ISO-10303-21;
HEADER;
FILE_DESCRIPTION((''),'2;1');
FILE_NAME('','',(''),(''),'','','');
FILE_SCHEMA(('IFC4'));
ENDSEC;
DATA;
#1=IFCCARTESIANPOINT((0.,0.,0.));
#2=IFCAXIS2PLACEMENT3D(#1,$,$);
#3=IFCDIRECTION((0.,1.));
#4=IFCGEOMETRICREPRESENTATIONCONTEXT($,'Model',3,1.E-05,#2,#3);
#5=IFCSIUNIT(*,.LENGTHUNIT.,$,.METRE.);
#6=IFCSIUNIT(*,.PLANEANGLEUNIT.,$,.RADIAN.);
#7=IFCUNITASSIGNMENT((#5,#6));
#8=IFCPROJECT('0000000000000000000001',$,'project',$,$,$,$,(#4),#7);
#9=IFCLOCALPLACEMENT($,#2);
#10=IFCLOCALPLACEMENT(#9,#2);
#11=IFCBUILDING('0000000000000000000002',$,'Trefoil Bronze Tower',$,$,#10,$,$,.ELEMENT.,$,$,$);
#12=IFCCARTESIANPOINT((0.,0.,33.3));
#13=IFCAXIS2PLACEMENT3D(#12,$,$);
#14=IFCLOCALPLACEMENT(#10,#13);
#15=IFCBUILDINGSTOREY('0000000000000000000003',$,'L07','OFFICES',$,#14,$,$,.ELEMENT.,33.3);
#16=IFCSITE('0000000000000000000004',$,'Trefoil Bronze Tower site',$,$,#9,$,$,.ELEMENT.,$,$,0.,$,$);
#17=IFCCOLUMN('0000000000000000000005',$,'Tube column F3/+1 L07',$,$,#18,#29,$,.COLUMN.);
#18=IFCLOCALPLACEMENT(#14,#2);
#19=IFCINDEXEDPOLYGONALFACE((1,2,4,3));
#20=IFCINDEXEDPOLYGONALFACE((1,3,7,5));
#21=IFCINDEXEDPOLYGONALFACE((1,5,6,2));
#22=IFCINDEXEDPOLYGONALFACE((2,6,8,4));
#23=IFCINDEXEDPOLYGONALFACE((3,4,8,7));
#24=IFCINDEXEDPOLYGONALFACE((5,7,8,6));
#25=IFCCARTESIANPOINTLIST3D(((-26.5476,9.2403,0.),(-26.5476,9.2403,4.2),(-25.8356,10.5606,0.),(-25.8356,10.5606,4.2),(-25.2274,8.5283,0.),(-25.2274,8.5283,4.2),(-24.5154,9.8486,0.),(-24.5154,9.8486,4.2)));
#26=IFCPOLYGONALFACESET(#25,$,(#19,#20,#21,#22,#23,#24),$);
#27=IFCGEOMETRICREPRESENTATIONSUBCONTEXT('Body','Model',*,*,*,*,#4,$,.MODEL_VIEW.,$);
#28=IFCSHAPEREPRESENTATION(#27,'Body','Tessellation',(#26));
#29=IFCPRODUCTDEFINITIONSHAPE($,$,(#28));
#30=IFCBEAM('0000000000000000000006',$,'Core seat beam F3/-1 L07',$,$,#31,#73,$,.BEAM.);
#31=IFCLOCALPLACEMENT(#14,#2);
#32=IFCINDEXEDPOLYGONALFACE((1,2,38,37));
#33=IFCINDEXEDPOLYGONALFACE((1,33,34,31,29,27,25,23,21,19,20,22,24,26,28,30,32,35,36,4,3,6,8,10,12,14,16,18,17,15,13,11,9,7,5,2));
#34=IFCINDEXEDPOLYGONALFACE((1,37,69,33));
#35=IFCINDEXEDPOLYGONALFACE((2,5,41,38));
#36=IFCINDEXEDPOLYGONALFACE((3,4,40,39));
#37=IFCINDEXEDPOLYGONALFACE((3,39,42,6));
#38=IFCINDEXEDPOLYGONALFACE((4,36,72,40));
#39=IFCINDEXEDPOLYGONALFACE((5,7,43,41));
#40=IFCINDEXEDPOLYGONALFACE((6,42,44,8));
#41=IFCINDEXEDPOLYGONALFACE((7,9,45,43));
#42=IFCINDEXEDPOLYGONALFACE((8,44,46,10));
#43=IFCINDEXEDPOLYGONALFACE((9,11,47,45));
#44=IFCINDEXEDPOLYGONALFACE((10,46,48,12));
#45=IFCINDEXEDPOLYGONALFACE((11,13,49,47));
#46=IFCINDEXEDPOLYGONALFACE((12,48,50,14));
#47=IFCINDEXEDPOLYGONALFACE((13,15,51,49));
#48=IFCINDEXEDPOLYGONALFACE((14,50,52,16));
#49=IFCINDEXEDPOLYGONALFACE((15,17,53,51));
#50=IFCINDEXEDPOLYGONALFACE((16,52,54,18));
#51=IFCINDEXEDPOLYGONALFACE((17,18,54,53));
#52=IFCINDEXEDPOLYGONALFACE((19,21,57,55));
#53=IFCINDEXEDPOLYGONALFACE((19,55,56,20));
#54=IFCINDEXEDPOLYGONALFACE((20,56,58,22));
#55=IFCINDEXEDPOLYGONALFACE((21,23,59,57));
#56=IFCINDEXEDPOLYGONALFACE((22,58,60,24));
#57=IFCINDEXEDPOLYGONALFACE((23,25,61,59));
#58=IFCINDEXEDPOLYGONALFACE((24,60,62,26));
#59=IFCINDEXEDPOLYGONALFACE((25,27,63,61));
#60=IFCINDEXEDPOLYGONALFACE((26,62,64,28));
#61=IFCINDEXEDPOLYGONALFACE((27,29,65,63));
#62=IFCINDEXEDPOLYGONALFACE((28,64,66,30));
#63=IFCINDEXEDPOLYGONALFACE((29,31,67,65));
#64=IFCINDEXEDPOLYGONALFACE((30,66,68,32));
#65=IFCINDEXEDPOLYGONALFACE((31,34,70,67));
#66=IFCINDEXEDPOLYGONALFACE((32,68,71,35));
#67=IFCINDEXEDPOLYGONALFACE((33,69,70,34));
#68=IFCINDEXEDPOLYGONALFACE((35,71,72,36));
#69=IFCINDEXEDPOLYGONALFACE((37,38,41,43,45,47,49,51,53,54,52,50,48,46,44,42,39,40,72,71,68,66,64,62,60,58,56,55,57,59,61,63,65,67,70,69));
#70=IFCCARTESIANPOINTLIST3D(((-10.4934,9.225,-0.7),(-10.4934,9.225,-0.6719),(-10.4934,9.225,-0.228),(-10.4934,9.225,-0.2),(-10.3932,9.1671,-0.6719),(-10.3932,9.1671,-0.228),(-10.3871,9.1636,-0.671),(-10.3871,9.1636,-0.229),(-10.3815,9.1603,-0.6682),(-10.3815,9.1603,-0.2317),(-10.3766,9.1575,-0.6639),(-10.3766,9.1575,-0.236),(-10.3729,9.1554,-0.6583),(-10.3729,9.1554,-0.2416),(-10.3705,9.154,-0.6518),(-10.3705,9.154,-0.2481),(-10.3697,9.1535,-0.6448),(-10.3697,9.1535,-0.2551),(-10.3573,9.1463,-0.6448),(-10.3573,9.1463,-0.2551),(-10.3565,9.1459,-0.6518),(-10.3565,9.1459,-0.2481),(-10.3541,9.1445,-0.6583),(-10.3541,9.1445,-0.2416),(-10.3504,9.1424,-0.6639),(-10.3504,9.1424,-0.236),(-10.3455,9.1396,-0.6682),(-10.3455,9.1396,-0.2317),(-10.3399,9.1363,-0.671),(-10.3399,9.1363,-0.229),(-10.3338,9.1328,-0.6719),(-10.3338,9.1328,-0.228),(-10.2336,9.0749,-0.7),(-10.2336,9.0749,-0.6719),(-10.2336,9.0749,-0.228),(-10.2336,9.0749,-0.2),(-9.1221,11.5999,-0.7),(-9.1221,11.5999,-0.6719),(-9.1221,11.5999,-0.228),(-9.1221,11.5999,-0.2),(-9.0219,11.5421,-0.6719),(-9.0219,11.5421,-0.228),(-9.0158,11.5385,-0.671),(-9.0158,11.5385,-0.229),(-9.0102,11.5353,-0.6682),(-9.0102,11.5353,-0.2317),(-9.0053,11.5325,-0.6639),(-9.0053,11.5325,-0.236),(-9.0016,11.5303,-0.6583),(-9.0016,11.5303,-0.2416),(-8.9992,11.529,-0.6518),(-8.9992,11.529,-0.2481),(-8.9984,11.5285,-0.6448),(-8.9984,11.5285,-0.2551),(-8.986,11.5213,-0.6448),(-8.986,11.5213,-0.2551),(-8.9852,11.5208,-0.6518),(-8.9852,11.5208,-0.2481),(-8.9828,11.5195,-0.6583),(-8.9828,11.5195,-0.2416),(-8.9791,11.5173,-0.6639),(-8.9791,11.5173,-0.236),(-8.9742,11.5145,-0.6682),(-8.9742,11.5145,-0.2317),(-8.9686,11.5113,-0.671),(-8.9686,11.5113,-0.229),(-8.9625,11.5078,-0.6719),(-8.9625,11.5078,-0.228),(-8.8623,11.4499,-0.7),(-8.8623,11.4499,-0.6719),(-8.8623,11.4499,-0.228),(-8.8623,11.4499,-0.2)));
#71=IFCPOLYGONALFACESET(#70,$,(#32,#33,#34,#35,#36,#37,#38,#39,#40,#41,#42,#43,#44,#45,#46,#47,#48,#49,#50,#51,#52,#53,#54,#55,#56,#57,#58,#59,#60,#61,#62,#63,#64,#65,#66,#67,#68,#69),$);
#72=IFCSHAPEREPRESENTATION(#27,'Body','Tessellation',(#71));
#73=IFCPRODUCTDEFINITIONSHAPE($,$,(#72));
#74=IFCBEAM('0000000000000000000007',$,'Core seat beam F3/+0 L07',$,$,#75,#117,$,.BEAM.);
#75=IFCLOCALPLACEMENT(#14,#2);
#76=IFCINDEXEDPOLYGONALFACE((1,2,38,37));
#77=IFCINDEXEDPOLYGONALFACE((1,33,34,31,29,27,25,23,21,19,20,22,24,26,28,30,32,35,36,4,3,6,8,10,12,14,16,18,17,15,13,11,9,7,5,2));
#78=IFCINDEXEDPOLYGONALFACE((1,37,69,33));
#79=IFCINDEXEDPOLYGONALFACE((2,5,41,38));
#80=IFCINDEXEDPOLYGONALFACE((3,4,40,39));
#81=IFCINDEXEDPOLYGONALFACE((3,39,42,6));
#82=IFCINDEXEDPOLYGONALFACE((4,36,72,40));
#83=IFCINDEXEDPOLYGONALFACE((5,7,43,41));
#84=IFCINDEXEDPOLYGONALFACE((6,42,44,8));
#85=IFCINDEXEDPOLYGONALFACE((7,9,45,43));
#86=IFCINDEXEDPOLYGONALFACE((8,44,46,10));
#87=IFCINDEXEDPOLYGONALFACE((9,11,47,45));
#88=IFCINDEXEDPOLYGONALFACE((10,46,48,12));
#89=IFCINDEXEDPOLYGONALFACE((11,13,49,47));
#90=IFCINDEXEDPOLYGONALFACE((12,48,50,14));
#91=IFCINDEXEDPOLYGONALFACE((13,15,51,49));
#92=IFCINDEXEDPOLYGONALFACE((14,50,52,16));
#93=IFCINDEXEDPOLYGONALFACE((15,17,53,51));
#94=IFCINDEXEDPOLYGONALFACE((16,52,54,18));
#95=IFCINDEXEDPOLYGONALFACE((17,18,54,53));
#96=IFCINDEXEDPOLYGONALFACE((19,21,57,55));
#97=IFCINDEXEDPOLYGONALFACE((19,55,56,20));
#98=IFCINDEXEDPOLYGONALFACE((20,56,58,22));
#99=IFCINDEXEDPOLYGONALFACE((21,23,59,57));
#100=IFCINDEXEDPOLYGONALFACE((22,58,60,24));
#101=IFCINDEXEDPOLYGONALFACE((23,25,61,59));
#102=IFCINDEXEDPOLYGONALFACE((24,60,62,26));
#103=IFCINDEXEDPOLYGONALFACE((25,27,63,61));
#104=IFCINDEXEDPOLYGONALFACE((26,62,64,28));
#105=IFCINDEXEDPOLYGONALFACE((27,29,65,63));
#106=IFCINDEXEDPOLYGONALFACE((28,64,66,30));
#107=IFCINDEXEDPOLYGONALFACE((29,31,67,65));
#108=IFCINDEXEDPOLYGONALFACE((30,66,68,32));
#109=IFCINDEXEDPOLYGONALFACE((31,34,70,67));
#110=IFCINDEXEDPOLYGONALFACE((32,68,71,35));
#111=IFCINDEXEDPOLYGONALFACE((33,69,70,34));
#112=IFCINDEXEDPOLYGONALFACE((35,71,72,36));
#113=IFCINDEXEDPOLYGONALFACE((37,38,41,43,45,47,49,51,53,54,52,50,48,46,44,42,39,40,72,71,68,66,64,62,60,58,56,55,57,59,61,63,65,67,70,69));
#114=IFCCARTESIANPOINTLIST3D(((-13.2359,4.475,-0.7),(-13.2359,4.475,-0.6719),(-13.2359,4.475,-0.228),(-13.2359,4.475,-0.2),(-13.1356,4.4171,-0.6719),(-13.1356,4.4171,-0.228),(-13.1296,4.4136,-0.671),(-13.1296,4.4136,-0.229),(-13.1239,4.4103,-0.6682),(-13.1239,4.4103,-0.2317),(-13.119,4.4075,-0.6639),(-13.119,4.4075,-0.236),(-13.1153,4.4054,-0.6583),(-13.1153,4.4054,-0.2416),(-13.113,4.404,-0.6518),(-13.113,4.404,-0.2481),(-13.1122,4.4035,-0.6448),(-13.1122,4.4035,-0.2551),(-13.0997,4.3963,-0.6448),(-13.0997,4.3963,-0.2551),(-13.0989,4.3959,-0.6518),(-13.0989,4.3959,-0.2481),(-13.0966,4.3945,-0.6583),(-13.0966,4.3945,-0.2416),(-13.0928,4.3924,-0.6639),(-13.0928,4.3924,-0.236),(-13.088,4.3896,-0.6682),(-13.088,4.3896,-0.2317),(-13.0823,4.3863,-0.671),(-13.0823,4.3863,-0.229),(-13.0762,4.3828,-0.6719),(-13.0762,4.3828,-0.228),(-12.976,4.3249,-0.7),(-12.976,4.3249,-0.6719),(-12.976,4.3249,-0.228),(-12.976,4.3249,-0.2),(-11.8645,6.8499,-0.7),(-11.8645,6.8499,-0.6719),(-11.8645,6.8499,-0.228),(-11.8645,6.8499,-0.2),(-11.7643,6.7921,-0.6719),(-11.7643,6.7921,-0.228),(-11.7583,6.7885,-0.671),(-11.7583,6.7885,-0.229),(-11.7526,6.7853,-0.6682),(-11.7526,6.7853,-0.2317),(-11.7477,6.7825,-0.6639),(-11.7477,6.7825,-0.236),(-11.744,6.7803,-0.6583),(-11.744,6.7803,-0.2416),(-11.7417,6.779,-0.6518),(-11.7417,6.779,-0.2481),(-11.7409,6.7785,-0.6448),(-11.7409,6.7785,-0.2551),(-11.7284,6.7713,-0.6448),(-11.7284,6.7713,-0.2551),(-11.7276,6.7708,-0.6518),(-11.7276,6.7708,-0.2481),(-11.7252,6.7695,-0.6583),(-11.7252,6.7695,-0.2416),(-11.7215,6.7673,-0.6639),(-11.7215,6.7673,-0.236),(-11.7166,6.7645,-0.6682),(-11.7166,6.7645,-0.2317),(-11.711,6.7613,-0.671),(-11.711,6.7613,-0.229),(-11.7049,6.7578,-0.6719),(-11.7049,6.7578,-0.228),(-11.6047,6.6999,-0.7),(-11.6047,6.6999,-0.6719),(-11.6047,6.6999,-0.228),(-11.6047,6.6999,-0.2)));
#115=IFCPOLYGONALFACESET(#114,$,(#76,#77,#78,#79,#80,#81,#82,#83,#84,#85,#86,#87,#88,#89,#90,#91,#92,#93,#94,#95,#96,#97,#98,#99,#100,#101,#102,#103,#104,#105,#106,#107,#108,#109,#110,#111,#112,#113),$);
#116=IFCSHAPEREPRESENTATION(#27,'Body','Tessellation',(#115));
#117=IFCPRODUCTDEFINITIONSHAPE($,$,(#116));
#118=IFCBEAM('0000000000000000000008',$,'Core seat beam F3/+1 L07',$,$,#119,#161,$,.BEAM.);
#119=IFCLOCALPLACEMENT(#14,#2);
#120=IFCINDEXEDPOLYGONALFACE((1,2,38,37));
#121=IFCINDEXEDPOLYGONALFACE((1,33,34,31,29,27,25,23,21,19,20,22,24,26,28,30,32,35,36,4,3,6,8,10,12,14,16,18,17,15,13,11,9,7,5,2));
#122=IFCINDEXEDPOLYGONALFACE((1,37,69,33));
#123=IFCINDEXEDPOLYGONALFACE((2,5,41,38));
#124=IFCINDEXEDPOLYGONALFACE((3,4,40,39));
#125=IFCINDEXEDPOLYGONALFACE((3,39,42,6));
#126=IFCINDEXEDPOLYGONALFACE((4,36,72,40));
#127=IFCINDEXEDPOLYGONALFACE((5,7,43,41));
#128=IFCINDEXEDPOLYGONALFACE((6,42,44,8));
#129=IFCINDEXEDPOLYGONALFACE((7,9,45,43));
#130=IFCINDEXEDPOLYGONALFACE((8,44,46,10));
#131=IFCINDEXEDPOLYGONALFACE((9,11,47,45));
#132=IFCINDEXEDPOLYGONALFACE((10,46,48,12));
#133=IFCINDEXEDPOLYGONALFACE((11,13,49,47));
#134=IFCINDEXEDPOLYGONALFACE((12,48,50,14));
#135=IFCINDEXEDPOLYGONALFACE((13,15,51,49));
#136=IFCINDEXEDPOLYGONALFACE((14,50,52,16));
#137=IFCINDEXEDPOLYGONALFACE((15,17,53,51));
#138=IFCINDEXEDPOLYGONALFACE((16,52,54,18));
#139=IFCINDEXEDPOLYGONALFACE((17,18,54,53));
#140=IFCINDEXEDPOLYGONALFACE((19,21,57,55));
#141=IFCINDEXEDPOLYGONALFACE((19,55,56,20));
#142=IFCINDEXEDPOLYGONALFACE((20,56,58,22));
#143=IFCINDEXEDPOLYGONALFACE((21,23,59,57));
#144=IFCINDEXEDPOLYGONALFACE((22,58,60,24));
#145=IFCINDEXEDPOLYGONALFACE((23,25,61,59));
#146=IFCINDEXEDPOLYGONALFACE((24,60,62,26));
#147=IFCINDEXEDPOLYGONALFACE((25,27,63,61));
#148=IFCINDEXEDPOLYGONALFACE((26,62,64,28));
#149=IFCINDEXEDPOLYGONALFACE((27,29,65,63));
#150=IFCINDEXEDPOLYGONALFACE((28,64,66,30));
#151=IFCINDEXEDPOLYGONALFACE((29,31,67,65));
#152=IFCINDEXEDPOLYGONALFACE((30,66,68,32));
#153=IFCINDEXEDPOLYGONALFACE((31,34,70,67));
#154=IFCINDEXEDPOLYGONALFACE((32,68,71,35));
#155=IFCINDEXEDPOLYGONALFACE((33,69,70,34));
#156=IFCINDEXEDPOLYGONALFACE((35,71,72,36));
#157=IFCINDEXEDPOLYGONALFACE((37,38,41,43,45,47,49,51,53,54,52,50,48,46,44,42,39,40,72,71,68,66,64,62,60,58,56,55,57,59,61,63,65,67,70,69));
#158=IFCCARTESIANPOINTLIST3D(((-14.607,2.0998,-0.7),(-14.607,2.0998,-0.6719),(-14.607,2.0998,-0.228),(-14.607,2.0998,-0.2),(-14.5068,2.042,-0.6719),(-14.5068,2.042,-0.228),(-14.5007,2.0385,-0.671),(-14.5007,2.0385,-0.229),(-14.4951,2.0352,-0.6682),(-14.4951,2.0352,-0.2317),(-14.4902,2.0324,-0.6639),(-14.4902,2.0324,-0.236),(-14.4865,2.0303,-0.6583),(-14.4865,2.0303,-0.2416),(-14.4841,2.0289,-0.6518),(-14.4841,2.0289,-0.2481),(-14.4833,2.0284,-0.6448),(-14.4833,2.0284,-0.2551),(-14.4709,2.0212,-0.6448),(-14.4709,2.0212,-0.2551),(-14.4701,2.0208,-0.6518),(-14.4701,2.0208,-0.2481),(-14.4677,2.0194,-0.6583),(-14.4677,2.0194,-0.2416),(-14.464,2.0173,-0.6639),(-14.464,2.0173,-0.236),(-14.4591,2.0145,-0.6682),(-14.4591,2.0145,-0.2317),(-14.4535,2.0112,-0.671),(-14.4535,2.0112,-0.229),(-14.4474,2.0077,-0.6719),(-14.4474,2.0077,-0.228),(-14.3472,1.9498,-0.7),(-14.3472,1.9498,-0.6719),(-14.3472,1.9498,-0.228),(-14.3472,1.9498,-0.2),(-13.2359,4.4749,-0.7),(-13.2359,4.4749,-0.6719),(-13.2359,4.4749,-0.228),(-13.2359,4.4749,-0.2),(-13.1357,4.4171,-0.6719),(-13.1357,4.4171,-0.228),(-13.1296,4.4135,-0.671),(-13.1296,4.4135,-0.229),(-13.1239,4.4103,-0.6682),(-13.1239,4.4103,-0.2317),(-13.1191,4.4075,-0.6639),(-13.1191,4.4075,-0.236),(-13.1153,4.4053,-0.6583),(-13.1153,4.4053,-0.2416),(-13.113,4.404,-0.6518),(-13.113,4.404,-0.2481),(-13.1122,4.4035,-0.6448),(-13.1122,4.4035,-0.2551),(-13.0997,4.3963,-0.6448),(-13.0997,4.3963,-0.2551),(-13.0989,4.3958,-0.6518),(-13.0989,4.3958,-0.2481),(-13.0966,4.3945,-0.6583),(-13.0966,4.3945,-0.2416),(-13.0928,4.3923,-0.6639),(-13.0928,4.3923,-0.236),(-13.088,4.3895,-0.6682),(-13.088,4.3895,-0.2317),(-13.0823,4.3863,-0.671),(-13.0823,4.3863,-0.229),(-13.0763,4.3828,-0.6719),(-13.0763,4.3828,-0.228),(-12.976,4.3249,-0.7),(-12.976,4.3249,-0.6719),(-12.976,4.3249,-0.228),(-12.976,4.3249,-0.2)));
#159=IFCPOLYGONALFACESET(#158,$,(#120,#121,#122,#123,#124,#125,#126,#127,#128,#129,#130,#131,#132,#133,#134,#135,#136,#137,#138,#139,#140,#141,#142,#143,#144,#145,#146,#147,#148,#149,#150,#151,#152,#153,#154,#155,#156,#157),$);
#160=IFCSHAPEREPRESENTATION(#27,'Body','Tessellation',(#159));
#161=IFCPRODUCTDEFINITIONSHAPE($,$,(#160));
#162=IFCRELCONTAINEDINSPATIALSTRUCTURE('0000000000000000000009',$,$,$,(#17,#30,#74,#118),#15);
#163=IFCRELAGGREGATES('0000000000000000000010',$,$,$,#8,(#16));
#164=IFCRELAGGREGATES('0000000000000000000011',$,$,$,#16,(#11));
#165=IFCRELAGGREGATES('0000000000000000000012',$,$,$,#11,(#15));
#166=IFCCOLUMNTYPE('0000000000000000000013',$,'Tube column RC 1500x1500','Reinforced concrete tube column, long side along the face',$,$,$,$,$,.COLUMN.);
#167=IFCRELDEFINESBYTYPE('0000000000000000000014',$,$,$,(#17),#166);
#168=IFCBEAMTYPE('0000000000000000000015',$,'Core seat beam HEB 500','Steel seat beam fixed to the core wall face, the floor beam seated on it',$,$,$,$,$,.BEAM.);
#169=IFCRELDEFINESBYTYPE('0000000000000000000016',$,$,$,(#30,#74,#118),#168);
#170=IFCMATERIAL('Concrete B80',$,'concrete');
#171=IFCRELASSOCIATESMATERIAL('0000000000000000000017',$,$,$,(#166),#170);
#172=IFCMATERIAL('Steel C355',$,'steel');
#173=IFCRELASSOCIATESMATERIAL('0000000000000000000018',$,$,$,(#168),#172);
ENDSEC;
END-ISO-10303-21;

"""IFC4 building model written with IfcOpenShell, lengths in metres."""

from ifc_helpers import new_model, si_unit, direction, frame, origin, origin_2d, place, context, subcontext, project, spatial, rectangle, i_section, extrude, material, material_profile, profile_set, type_object, element, save


model = new_model("IFC4")

# Units and contexts
model_context = context("Model", 3, precision=1e-05, world=origin(), true_north=direction((0.0, 1.0)))
body_context = subcontext(model_context, "Body", "Model", "MODEL_VIEW")
ifc_project = project(units=[si_unit("LENGTHUNIT", "METRE"), si_unit("PLANEANGLEUNIT", "RADIAN")], contexts=[model_context])

# Site, building, storey
site_placement = place(None, origin())
site = spatial("IfcSite", under=ifc_project, at=site_placement, Name="Trefoil Bronze Tower site", CompositionType="ELEMENT", RefElevation=0.0)
building_placement = place(site_placement, origin())
building = spatial("IfcBuilding", under=site, at=building_placement, Name="Trefoil Bronze Tower", CompositionType="ELEMENT")
storey_placement = place(building_placement, frame((0.0, 0.0, 33.3)))
storey = spatial("IfcBuildingStorey", under=building, at=storey_placement, Name="L07", Description="OFFICES", CompositionType="ELEMENT", Elevation=33.3)

# Column
ifc_material_1 = material(Name="Concrete B80", Category="concrete")
ifc_material_profile_1 = material_profile(ifc_material_1, rectangle(XDim=1.5, YDim=1.5, at=origin_2d()), Name="RC 1500x1500")
ifc_profile_set_1 = profile_set([ifc_material_profile_1], Name="Concrete B80")
column_type = type_object("IfcColumnType", Name="Tube column RC 1500x1500", Description="Reinforced concrete tube column, long side along the face", PredefinedType="COLUMN", material=ifc_profile_set_1)
column_placement = place(storey_placement, frame((-25.5315, 9.5444, 0.0), z_axis=(0.0, 0.0, 1.0), x_axis=(-0.474656, -0.880171, 0.0)))
element("IfcColumn", 1, at=column_placement, inside=storey, type_object=column_type, Name="Tube column F3/+1 L07", PredefinedType="COLUMN", context=body_context, shape_type="SweptSolid", body=[
    extrude(rectangle(XDim=1.5, YDim=1.5, at=origin_2d()), origin(), (0.0, 0.0, 1.0), 4.2),
])

# Beams
ifc_material_2 = material(Name="Steel C355", Category="steel")
ifc_material_profile_2 = material_profile(ifc_material_2, i_section(OverallWidth=0.3, OverallDepth=0.5, WebThickness=0.0144, FlangeThickness=0.0281, FilletRadius=0.0271, at=origin_2d()), Name="HEB 500")
ifc_profile_set_2 = profile_set([ifc_material_profile_2], Name="Steel C355")
beam_type_1 = type_object("IfcBeamType", Name="Core seat beam HEB 500", Description="Steel seat beam fixed to the core wall face, the floor beam seated on it", PredefinedType="BEAM", material=ifc_profile_set_2)
for number, where, z_axis, x_axis, name in (
    (2, (-8.9922, 11.5249, -0.45), (-0.500036, -0.866005, 0.0), (0.866005, -0.500036, 0.0), "Core seat beam F3/-1 L07"),
    (3, (-11.7346, 6.7749, -0.45), (-0.500036, -0.866005, 0.0), (0.866005, -0.500036, 0.0), "Core seat beam F3/+0 L07"),
    (4, (-13.106, 4.3999, -0.45), (-0.499969, -0.866043, 0.0), (0.866043, -0.499969, 0.0), "Core seat beam F3/+1 L07"),
):
    element("IfcBeam", number, at=place(storey_placement, frame(where, z_axis=z_axis, x_axis=x_axis)), inside=storey, type_object=beam_type_1, Name=name, PredefinedType="BEAM", context=body_context, shape_type="SweptSolid", body=[
        extrude(i_section(OverallWidth=0.3, OverallDepth=0.5, WebThickness=0.0144, FlangeThickness=0.0281, FilletRadius=0.0271, at=origin_2d()), origin(), (0.0, 0.0, 1.0), 2.7424),
    ])

save(model, "model.ifc")
